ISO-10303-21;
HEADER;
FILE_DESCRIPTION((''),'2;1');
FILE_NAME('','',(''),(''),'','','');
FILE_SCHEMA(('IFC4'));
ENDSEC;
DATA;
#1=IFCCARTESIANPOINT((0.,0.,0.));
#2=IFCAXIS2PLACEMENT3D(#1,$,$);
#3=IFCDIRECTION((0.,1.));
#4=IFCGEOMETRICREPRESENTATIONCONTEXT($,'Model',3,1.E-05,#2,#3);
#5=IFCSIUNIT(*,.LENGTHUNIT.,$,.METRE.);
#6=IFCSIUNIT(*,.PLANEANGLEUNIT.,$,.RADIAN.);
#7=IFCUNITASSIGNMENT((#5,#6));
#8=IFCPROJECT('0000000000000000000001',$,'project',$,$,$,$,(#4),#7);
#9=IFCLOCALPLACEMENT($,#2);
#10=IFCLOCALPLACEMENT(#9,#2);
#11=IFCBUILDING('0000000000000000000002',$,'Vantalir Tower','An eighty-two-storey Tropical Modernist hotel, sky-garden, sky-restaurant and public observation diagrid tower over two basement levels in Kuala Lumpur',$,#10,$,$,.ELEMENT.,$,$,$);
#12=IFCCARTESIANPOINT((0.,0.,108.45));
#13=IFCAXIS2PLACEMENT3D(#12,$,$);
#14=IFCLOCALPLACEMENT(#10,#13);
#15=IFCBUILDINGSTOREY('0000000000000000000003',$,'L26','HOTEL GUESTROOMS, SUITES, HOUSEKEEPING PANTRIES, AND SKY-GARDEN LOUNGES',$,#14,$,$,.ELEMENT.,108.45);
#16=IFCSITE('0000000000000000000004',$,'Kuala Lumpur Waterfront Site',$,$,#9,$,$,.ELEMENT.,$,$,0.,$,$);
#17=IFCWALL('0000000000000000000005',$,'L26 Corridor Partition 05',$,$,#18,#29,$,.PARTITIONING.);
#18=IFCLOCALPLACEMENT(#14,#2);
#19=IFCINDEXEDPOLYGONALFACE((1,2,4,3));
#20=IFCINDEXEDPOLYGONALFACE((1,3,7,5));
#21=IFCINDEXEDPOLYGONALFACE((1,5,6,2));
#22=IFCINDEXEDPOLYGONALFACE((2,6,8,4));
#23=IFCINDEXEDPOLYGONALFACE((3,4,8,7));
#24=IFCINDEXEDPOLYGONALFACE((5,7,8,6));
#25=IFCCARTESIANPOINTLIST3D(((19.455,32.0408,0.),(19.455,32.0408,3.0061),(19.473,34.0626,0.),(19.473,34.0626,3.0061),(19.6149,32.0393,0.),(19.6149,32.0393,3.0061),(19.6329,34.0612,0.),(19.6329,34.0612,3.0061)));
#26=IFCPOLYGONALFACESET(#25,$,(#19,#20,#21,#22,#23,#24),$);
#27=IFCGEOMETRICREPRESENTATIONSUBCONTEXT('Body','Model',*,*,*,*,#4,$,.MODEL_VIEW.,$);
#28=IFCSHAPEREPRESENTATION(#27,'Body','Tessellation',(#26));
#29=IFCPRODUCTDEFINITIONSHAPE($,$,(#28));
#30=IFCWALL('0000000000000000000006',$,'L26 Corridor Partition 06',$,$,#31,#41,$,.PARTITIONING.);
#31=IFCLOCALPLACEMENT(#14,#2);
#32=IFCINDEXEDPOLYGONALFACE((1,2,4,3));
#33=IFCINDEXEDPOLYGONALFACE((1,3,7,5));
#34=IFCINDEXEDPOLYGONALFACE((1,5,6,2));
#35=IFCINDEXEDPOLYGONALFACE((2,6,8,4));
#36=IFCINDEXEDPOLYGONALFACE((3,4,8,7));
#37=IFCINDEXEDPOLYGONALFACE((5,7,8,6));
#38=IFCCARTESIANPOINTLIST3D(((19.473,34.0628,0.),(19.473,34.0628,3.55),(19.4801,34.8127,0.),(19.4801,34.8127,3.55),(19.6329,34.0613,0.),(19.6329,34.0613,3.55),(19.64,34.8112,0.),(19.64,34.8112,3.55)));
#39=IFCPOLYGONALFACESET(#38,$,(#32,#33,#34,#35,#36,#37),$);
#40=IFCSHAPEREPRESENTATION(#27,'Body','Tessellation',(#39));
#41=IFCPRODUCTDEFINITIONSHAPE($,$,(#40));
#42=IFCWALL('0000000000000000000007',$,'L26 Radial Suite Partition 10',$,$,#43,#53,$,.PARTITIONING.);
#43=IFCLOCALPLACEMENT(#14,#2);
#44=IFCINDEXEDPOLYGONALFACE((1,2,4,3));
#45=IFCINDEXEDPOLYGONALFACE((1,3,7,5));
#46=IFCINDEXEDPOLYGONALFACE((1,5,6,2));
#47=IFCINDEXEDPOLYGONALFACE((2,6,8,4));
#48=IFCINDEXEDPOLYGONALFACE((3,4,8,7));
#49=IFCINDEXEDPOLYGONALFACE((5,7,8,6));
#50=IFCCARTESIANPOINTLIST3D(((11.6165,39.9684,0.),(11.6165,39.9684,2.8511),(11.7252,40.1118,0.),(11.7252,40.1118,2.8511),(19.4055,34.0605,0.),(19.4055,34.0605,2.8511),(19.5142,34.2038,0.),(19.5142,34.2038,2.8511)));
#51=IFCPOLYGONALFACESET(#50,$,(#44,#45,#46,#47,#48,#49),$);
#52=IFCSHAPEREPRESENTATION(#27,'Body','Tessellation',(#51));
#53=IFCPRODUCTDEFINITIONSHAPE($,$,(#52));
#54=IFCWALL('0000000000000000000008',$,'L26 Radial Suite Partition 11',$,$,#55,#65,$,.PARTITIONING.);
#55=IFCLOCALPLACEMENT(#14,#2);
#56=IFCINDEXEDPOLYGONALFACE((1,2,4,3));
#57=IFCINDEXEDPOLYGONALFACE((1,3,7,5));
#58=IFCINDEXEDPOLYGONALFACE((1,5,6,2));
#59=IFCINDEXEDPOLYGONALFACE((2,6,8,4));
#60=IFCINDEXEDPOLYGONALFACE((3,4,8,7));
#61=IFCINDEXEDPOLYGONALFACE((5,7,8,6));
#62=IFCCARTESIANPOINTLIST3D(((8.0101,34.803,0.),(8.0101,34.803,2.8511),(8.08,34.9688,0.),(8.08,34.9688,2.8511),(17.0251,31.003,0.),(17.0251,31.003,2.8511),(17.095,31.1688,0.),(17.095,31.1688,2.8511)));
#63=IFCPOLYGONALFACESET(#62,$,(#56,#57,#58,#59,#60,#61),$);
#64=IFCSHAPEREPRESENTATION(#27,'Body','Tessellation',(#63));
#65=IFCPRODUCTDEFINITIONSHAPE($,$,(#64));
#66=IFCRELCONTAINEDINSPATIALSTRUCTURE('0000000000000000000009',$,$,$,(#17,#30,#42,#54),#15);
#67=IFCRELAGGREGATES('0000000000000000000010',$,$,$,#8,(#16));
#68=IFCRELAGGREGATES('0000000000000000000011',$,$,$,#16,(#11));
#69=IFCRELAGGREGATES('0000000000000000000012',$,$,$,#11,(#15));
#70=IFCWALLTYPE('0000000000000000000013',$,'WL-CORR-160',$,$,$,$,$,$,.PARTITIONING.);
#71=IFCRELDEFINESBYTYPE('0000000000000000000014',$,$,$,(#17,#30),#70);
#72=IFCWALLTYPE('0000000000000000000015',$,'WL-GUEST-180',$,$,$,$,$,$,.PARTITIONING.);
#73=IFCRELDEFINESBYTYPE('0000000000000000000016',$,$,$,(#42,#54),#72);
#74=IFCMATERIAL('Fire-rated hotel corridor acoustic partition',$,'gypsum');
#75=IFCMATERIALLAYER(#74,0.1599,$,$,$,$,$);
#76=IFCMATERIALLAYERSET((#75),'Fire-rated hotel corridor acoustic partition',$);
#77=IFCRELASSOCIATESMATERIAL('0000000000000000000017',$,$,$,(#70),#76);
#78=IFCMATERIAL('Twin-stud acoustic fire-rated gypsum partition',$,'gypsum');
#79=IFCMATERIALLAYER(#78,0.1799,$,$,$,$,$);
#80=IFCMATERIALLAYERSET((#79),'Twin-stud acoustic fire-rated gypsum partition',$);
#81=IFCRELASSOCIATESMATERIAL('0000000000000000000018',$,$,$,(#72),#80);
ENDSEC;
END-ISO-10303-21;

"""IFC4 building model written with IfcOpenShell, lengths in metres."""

from ifc_helpers import new_model, si_unit, direction, frame, frame_2d, origin, place, context, subcontext, project, spatial, rectangle, extrude, material, layer, layer_set, type_object, element, save


model = new_model("IFC4")

# Units and contexts
model_context = context("Model", 3, precision=1e-05, world=origin(), true_north=direction((0.0, 1.0)))
body_context = subcontext(model_context, "Body", "Model", "MODEL_VIEW")
ifc_project = project(units=[si_unit("LENGTHUNIT", "METRE"), si_unit("PLANEANGLEUNIT", "RADIAN")], contexts=[model_context])

# Site, building, storey
site_placement = place(None, origin())
site = spatial("IfcSite", under=ifc_project, at=site_placement, Name="Kuala Lumpur Waterfront Site", CompositionType="ELEMENT", RefElevation=0.0)
building_placement = place(site_placement, origin())
building = spatial("IfcBuilding", under=site, at=building_placement, Name="Vantalir Tower", Description="An eighty-two-storey Tropical Modernist hotel, sky-garden, sky-restaurant and public observation diagrid tower over two basement levels in Kuala Lumpur", CompositionType="ELEMENT")
storey_placement = place(building_placement, frame((0.0, 0.0, 108.45)))
storey = spatial("IfcBuildingStorey", under=building, at=storey_placement, Name="L26", Description="HOTEL GUESTROOMS, SUITES, HOUSEKEEPING PANTRIES, AND SKY-GARDEN LOUNGES", CompositionType="ELEMENT", Elevation=108.45)

# Shared definitions
ifc_material_1 = material(Name="Fire-rated hotel corridor acoustic partition", Category="gypsum")
ifc_layer_1 = layer(ifc_material_1, 0.1599)
ifc_layer_set_1 = layer_set([ifc_layer_1], Name="Fire-rated hotel corridor acoustic partition")
wall_type_1 = type_object("IfcWallType", Name="WL-CORR-160", PredefinedType="PARTITIONING", material=ifc_layer_set_1)

# Walls
wall_1_placement = place(storey_placement, frame((19.5349, 32.04, 0.0), z_axis=(0.0, 0.0, 1.0), x_axis=(0.008935, 0.99996, 0.0)))
element("IfcWall", 1, at=wall_1_placement, inside=storey, type_object=wall_type_1, Name="L26 Corridor Partition 05", PredefinedType="PARTITIONING", context=body_context, shape_type="SweptSolid", body=[
    extrude(rectangle(XDim=2.022, YDim=0.1599, at=frame_2d((1.011, 0.0))), origin(), (0.0, 0.0, 1.0), 3.0061),
])
wall_2_placement = place(storey_placement, frame((19.553, 34.062, 0.0), z_axis=(0.0, 0.0, 1.0), x_axis=(0.00944, 0.999955, 0.0)))
element("IfcWall", 2, at=wall_2_placement, inside=storey, type_object=wall_type_1, Name="L26 Corridor Partition 06", PredefinedType="PARTITIONING", context=body_context, shape_type="SweptSolid", body=[
    extrude(rectangle(XDim=0.75, YDim=0.1599, at=frame_2d((0.375, 0.0))), origin(), (0.0, 0.0, 1.0), 3.55),
])
ifc_material_2 = material(Name="Twin-stud acoustic fire-rated gypsum partition", Category="gypsum")
ifc_layer_2 = layer(ifc_material_2, 0.1799)
ifc_layer_set_2 = layer_set([ifc_layer_2], Name="Twin-stud acoustic fire-rated gypsum partition")
wall_type_2 = type_object("IfcWallType", Name="WL-GUEST-180", PredefinedType="PARTITIONING", material=ifc_layer_set_2)
wall_3_placement = place(storey_placement, frame((19.46, 34.1321, 0.0), z_axis=(0.0, 0.0, 1.0), x_axis=(-0.79674, 0.604323, 0.0)))
element("IfcWall", 3, at=wall_3_placement, inside=storey, type_object=wall_type_2, Name="L26 Radial Suite Partition 10", PredefinedType="PARTITIONING", context=body_context, shape_type="SweptSolid", body=[
    extrude(rectangle(XDim=9.7761, YDim=0.1799, at=frame_2d((4.8882, 0.0))), origin(), (0.0, 0.0, 1.0), 2.8511),
])
wall_4_placement = place(storey_placement, frame((17.0601, 31.0859, 0.0), z_axis=(0.0, 0.0, 1.0), x_axis=(-0.921482, 0.388422, 0.0)))
element("IfcWall", 4, at=wall_4_placement, inside=storey, type_object=wall_type_2, Name="L26 Radial Suite Partition 11", PredefinedType="PARTITIONING", context=body_context, shape_type="SweptSolid", body=[
    extrude(rectangle(XDim=9.7832, YDim=0.1799, at=frame_2d((4.8916, 0.0))), origin(), (0.0, 0.0, 1.0), 2.8511),
])

save(model, "model.ifc")
